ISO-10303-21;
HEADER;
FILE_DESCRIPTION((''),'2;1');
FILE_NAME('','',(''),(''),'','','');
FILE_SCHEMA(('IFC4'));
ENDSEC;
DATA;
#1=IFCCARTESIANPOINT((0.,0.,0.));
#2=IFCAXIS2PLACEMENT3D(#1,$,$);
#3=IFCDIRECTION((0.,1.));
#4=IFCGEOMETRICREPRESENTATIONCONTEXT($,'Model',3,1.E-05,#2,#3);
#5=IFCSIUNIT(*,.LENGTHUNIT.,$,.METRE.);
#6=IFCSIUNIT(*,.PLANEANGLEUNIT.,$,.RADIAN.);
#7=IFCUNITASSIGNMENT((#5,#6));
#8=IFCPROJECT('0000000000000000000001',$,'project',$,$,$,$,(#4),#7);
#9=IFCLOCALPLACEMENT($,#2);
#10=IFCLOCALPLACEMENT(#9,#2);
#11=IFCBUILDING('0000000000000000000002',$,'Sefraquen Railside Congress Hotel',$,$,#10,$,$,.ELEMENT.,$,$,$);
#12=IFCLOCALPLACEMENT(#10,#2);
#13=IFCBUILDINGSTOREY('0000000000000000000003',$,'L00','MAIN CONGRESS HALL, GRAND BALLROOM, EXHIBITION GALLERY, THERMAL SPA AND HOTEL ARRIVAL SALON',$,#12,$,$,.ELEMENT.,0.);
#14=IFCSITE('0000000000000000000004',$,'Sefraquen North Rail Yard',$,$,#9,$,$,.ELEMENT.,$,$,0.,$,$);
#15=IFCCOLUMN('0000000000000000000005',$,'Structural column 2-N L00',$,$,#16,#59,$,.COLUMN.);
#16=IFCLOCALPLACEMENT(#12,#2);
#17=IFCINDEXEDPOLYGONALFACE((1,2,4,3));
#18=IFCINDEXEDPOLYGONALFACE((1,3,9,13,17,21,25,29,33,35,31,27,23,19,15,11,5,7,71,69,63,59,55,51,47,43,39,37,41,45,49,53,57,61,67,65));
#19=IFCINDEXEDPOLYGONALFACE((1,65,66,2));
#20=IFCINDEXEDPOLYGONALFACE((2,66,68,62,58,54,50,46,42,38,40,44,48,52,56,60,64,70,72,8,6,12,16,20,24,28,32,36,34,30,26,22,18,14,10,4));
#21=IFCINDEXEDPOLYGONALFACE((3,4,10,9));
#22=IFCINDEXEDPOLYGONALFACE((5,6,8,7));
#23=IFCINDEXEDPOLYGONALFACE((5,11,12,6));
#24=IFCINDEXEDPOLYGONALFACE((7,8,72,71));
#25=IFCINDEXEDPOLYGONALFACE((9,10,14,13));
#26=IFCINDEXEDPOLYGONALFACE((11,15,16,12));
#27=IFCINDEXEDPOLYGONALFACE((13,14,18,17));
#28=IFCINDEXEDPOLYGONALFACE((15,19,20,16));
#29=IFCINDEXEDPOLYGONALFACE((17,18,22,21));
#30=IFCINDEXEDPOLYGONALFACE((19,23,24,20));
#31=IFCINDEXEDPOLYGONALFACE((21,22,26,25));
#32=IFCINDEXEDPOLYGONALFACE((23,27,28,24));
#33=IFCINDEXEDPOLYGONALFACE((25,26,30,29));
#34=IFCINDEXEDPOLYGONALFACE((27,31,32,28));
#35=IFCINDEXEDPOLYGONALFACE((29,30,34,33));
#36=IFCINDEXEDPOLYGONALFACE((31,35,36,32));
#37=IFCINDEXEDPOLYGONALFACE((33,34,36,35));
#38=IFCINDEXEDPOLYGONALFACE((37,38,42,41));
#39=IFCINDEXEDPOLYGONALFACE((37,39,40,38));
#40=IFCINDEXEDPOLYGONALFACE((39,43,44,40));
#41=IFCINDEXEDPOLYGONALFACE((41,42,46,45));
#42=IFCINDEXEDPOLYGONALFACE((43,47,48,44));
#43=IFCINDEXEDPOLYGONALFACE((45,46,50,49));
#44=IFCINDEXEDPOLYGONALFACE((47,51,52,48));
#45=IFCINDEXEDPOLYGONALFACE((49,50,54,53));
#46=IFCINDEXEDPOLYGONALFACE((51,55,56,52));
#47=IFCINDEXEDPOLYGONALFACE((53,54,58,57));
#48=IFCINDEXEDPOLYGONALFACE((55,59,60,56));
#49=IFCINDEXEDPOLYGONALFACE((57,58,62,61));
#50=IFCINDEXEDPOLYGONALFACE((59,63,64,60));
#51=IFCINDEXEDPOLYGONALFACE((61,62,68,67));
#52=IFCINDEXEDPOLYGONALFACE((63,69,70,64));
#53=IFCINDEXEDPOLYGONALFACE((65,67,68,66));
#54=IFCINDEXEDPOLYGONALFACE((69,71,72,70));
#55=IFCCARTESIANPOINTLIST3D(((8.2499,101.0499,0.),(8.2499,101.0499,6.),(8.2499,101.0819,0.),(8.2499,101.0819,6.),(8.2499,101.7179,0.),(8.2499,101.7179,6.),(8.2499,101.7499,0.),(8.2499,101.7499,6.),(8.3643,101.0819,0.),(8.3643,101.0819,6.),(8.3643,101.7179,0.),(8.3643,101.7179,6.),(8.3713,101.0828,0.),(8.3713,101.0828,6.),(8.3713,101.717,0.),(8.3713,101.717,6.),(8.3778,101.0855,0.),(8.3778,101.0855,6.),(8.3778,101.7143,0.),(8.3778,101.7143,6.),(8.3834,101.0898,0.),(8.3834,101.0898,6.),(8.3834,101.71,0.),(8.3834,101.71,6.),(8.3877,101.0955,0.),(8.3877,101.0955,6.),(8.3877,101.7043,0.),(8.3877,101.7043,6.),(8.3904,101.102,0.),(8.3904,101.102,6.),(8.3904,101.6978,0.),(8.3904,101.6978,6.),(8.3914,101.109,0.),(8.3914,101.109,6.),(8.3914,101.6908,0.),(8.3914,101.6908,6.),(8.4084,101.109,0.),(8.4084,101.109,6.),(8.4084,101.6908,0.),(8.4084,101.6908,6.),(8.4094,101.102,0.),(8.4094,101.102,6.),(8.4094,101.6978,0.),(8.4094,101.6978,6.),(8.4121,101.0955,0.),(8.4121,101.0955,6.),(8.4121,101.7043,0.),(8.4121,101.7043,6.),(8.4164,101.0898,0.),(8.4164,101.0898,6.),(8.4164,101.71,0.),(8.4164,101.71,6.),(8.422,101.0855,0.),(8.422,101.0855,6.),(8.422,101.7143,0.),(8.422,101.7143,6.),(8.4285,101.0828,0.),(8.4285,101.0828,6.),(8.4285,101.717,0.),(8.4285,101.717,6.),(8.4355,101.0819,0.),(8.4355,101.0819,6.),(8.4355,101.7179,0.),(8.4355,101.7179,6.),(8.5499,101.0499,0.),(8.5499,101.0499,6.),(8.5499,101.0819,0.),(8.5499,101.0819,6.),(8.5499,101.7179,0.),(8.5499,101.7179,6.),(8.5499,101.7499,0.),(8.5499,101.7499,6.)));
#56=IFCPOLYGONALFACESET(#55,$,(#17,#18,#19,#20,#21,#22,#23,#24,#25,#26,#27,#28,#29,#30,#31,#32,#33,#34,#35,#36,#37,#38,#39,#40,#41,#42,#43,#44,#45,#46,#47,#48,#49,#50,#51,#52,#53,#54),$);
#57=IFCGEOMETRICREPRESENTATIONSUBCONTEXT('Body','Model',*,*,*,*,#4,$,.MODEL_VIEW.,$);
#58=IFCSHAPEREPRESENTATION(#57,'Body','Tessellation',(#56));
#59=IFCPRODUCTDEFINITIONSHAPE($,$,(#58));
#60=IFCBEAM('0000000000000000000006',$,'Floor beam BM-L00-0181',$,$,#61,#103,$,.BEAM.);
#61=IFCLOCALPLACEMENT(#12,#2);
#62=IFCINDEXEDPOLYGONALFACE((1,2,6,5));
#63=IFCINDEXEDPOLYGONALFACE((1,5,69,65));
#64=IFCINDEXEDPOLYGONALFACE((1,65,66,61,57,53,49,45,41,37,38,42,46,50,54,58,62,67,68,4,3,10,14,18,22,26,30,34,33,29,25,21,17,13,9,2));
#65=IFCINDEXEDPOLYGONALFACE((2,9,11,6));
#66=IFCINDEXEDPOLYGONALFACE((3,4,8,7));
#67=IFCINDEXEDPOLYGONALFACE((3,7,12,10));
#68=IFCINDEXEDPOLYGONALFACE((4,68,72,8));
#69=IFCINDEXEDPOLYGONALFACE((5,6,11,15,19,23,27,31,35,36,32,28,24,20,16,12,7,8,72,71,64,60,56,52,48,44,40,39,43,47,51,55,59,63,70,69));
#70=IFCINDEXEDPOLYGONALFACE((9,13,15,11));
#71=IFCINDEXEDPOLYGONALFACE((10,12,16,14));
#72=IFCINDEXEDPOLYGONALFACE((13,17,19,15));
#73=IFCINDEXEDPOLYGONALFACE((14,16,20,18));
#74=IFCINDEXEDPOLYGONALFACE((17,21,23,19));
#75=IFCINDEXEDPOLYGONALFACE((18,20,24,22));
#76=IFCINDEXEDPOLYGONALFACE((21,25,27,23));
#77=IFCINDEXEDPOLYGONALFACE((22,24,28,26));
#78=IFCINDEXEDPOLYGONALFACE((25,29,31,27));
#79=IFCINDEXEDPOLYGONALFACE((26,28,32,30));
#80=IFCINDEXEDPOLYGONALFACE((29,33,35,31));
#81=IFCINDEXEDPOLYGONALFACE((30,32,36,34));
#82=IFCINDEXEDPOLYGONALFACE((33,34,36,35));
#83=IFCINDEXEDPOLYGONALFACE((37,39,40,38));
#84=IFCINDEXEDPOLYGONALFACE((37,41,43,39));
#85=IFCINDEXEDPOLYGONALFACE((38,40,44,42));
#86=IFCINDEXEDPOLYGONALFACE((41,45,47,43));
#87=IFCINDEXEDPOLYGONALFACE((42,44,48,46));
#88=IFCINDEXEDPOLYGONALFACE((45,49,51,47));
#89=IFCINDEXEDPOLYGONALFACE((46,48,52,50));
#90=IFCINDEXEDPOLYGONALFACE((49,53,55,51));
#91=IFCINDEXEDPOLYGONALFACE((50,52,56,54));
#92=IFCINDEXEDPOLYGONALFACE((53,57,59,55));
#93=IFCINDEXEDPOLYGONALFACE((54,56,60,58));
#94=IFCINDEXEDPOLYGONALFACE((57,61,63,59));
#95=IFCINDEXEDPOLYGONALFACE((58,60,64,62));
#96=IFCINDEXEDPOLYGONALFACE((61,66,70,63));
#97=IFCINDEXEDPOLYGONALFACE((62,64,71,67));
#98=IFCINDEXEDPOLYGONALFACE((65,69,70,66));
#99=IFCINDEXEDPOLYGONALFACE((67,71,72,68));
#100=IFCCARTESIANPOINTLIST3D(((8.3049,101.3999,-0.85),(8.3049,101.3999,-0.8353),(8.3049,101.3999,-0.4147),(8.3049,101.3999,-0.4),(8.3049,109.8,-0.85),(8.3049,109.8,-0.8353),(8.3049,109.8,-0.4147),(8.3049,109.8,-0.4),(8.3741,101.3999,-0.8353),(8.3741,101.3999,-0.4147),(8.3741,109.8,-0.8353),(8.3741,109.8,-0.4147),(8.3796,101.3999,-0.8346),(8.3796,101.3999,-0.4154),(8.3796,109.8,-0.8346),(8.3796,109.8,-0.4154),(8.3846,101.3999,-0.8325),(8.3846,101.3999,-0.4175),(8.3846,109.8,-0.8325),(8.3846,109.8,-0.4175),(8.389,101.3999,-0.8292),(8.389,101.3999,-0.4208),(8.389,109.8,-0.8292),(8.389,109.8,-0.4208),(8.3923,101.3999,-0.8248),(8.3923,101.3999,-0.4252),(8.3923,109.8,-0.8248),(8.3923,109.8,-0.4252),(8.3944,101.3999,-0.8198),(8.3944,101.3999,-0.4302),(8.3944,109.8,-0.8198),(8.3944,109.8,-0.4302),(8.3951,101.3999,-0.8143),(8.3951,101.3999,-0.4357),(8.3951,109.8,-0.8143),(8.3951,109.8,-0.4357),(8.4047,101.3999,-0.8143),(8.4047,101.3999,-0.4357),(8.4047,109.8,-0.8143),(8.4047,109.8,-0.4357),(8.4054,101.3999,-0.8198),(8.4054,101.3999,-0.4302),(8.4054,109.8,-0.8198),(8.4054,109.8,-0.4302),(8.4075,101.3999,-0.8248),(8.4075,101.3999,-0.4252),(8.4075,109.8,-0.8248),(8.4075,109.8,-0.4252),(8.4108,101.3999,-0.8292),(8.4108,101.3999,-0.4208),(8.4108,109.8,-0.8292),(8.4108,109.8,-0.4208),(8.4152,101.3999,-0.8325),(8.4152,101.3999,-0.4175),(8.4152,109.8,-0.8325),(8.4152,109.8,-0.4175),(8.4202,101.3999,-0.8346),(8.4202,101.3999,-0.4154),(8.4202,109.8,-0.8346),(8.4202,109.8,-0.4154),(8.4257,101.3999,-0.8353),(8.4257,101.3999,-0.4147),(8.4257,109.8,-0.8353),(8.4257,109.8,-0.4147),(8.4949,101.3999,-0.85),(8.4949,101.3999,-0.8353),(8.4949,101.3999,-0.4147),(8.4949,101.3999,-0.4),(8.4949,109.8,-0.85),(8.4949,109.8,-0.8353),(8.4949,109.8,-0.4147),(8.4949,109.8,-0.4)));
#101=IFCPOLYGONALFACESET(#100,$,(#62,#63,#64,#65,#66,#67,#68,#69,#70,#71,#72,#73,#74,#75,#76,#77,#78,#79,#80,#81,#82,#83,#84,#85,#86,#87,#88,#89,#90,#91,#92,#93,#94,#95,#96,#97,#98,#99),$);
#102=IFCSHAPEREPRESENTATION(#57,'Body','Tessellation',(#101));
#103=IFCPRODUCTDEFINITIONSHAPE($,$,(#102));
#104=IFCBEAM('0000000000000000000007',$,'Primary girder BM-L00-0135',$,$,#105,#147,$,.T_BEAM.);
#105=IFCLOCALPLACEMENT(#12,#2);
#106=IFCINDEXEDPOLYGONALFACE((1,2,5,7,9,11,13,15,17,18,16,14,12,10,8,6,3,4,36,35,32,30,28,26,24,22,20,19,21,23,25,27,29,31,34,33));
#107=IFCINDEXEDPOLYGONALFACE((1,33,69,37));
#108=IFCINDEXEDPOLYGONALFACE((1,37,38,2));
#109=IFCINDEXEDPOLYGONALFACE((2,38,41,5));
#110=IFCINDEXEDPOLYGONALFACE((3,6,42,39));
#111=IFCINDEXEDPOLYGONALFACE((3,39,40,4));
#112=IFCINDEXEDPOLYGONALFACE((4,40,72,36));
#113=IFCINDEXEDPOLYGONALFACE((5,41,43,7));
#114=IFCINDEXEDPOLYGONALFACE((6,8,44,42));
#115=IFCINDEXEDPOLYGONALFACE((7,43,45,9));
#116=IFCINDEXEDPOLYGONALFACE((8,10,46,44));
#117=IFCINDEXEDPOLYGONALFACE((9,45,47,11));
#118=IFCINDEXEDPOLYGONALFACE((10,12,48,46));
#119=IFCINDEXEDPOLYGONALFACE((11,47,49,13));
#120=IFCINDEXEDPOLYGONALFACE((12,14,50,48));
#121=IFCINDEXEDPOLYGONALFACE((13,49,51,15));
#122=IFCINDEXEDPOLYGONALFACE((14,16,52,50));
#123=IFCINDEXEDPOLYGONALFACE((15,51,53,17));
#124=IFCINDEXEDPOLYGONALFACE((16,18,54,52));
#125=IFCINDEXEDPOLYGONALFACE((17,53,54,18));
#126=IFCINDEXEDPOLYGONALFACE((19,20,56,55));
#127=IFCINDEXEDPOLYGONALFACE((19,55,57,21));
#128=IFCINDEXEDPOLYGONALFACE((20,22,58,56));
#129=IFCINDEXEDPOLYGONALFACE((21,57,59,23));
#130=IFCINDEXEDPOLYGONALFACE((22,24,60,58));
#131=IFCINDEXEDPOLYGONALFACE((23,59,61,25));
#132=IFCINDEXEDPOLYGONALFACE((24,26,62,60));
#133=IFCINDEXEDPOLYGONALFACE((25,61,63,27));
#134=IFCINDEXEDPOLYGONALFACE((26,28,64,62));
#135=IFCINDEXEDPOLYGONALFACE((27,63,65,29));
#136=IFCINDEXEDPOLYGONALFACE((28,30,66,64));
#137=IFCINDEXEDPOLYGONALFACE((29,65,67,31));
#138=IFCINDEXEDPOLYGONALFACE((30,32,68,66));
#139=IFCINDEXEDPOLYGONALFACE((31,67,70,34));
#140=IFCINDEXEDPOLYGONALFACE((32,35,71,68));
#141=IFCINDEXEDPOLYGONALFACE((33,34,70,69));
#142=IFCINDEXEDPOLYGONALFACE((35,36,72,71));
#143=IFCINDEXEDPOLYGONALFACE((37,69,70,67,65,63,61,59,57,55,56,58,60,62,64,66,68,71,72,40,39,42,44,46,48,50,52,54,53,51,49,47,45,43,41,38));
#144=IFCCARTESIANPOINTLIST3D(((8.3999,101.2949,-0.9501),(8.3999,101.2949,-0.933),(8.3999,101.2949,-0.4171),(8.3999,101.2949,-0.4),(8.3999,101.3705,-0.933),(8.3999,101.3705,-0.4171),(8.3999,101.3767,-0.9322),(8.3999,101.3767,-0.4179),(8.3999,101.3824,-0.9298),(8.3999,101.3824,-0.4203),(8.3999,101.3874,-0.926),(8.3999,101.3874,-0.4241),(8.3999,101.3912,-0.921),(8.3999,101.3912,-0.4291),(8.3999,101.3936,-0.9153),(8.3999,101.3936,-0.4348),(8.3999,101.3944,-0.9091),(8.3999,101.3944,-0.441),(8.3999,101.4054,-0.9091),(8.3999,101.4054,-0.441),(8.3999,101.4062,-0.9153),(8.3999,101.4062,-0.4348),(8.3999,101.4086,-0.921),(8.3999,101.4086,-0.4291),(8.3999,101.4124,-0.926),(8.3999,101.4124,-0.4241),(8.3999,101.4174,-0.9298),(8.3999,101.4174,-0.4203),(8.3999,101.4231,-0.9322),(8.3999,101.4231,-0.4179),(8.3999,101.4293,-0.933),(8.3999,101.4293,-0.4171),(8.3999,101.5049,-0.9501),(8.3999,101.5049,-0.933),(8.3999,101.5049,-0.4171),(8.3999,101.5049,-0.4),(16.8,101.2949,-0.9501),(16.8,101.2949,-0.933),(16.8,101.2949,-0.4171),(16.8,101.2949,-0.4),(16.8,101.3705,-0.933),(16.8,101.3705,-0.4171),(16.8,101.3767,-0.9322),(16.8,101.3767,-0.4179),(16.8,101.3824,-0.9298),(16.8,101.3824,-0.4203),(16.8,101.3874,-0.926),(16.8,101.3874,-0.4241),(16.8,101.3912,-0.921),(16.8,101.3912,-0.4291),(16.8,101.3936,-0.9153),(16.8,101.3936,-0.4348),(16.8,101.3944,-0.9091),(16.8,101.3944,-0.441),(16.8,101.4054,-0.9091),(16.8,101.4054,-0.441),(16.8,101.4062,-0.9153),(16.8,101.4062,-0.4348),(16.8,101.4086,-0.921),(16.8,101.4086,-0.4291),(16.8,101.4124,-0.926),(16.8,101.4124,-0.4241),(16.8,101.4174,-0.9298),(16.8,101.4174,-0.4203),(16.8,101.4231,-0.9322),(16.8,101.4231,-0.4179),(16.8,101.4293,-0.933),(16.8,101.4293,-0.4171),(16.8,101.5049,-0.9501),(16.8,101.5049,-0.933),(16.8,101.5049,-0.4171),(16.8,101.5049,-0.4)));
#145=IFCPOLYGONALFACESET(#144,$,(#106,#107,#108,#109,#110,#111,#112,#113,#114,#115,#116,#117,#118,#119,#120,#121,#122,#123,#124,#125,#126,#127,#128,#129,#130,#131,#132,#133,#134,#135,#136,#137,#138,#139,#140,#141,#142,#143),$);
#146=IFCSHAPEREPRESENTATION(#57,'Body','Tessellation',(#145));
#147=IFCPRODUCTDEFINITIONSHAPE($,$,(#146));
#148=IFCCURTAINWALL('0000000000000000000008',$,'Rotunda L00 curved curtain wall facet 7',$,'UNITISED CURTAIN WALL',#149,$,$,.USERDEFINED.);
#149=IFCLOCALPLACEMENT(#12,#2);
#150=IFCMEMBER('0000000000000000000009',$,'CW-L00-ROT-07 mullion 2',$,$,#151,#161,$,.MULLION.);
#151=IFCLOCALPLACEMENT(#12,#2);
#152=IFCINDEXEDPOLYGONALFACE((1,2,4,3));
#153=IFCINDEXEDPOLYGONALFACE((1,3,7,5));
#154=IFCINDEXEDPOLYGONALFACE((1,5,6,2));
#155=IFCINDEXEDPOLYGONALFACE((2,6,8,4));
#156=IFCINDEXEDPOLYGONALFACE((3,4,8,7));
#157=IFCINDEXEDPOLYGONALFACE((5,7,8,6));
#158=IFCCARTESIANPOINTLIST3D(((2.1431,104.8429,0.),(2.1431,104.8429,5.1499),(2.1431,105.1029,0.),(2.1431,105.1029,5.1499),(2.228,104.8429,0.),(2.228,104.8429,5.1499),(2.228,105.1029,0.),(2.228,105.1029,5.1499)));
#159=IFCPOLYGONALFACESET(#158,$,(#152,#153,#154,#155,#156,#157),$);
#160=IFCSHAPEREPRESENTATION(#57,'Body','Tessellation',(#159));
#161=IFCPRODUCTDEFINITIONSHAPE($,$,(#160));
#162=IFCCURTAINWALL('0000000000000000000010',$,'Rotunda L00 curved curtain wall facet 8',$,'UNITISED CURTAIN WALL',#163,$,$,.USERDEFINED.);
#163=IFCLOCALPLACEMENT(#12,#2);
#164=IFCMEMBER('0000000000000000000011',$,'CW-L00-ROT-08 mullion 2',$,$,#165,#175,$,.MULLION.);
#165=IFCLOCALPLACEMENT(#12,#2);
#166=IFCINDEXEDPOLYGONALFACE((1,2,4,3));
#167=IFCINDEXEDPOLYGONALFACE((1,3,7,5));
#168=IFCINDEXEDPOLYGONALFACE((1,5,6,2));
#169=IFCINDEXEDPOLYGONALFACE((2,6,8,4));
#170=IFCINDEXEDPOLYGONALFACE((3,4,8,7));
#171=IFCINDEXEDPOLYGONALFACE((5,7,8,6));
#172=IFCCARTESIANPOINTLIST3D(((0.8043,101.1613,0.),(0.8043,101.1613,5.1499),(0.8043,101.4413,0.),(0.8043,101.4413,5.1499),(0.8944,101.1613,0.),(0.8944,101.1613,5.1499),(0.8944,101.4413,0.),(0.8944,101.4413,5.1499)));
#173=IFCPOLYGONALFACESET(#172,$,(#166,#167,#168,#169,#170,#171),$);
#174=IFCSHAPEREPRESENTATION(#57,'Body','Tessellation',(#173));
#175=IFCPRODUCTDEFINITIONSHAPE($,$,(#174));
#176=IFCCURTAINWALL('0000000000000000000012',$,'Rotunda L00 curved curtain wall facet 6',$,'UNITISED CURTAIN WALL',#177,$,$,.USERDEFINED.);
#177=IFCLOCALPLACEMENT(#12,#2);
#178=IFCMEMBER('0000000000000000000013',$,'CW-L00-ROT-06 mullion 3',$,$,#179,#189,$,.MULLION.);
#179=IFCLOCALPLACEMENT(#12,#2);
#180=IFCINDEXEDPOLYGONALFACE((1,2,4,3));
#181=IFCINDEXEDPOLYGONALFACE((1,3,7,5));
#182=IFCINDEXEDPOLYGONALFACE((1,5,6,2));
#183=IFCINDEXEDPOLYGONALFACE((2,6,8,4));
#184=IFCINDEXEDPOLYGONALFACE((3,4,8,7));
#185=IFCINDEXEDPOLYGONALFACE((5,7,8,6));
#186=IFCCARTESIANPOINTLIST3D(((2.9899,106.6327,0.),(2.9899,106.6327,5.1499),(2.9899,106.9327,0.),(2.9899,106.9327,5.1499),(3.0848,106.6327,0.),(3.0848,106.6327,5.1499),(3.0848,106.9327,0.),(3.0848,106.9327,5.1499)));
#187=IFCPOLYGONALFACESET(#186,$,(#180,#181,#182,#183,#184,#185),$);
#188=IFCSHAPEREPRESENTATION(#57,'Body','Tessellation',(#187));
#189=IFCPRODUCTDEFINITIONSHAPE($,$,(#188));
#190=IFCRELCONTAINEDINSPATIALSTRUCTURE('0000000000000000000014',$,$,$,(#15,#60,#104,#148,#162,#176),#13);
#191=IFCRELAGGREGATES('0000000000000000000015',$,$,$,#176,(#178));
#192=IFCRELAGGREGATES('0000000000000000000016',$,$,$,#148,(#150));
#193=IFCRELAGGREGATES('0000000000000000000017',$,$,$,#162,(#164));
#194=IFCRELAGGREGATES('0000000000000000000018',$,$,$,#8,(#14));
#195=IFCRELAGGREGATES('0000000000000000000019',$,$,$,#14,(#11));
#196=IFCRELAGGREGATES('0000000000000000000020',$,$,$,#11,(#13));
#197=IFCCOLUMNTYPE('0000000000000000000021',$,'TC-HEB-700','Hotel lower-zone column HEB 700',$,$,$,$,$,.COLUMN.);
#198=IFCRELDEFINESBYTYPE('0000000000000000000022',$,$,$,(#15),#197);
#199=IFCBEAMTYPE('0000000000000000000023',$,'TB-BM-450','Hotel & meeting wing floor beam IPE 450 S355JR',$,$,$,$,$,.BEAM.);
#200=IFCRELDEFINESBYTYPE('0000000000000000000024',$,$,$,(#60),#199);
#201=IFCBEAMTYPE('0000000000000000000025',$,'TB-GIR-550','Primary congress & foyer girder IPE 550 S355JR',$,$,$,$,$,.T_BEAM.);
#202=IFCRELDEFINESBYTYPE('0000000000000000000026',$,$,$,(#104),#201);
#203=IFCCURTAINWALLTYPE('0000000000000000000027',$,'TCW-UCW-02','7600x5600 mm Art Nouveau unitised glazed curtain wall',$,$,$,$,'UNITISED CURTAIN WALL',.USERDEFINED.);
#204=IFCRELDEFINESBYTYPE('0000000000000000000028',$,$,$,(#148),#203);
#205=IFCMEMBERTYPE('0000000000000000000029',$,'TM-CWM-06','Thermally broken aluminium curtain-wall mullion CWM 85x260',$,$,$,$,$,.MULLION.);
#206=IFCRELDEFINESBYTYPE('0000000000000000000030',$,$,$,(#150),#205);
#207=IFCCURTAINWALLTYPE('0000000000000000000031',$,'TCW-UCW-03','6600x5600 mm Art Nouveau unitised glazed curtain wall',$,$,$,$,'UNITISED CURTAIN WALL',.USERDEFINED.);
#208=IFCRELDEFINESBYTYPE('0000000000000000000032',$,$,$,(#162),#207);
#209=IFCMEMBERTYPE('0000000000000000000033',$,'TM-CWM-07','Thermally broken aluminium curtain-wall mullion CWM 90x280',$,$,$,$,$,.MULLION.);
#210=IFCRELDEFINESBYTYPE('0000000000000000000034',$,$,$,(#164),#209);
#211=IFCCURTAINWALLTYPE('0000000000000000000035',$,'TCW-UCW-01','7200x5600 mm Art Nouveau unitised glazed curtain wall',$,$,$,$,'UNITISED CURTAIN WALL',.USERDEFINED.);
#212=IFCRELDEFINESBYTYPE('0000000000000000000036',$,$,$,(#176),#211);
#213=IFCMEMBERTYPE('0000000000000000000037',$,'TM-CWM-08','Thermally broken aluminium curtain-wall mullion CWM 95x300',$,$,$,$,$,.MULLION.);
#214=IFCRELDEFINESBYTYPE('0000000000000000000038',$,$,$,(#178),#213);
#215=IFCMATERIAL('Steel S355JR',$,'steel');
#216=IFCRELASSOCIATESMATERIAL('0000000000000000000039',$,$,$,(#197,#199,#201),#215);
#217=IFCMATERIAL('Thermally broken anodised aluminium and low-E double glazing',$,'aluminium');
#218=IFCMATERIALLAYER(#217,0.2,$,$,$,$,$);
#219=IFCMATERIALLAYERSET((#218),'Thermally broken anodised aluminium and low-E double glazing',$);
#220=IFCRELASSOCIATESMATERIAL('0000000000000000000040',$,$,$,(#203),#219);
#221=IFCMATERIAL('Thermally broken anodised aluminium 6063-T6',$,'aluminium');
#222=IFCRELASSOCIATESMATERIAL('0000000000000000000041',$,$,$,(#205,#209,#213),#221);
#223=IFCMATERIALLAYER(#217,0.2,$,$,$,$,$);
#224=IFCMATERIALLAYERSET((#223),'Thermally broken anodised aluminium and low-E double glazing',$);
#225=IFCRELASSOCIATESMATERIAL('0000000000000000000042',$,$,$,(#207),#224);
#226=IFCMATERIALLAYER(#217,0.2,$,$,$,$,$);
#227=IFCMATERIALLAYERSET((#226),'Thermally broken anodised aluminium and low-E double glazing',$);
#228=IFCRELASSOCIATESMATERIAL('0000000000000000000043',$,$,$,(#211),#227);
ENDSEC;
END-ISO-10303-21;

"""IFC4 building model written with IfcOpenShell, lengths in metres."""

from ifc_helpers import new_model, si_unit, direction, frame, origin, origin_2d, place, context, subcontext, project, spatial, rectangle, i_section, extrude, material, layer, layer_set, material_profile, profile_set, type_object, element, aggregate, save


model = new_model("IFC4")

# Units and contexts
model_context = context("Model", 3, precision=1e-05, world=origin(), true_north=direction((0.0, 1.0)))
body_context = subcontext(model_context, "Body", "Model", "MODEL_VIEW")
ifc_project = project(units=[si_unit("LENGTHUNIT", "METRE"), si_unit("PLANEANGLEUNIT", "RADIAN")], contexts=[model_context])

# Site, building, storey
site_placement = place(None, origin())
site = spatial("IfcSite", under=ifc_project, at=site_placement, Name="Sefraquen North Rail Yard", CompositionType="ELEMENT", RefElevation=0.0)
building_placement = place(site_placement, origin())
building = spatial("IfcBuilding", under=site, at=building_placement, Name="Sefraquen Railside Congress Hotel", CompositionType="ELEMENT")
storey_placement = place(building_placement, origin())
storey = spatial("IfcBuildingStorey", under=building, at=storey_placement, Name="L00", Description="MAIN CONGRESS HALL, GRAND BALLROOM, EXHIBITION GALLERY, THERMAL SPA AND HOTEL ARRIVAL SALON", CompositionType="ELEMENT", Elevation=0.0)

# Column
ifc_material_1 = material(Name="Steel S355JR", Category="steel")
ifc_material_profile_1 = material_profile(ifc_material_1, i_section(OverallWidth=0.3, OverallDepth=0.7, WebThickness=0.0171, FlangeThickness=0.032, FilletRadius=0.0271, at=origin_2d()), Name="HEB 700")
ifc_profile_set_1 = profile_set([ifc_material_profile_1], Name="Steel S355JR")
column_type = type_object("IfcColumnType", Name="TC-HEB-700", Description="Hotel lower-zone column HEB 700", PredefinedType="COLUMN", material=ifc_profile_set_1)
column_placement = place(storey_placement, frame((8.3999, 101.3999, 0.0), z_axis=(0.0, 0.0, 1.0), x_axis=(1.0, 0.0, 0.0)))
element("IfcColumn", 1, at=column_placement, inside=storey, type_object=column_type, Name="Structural column 2-N L00", PredefinedType="COLUMN", context=body_context, shape_type="SweptSolid", body=[
    extrude(i_section(OverallWidth=0.3, OverallDepth=0.7, WebThickness=0.0171, FlangeThickness=0.032, FilletRadius=0.0271, at=origin_2d()), origin(), (0.0, 0.0, 1.0), 6.0),
])

# Beams
ifc_material_profile_2 = material_profile(ifc_material_1, i_section(OverallWidth=0.1899, OverallDepth=0.45, WebThickness=0.0095, FlangeThickness=0.0146, FilletRadius=0.021, at=origin_2d()), Name="IPE 450")
ifc_profile_set_2 = profile_set([ifc_material_profile_2], Name="Steel S355JR")
beam_type_1 = type_object("IfcBeamType", Name="TB-BM-450", Description="Hotel & meeting wing floor beam IPE 450 S355JR", PredefinedType="BEAM", material=ifc_profile_set_2)
beam_1_placement = place(storey_placement, frame((8.3999, 101.3999, -0.625), z_axis=(0.0, 1.0, 0.0), x_axis=(-1.0, 0.0, 0.0)))
element("IfcBeam", 2, at=beam_1_placement, inside=storey, type_object=beam_type_1, Name="Floor beam BM-L00-0181", PredefinedType="BEAM", context=body_context, shape_type="SweptSolid", body=[
    extrude(i_section(OverallWidth=0.1899, OverallDepth=0.45, WebThickness=0.0095, FlangeThickness=0.0146, FilletRadius=0.021, at=origin_2d()), origin(), (0.0, 0.0, 1.0), 8.4001),
])
ifc_material_profile_3 = material_profile(ifc_material_1, i_section(OverallWidth=0.21, OverallDepth=0.55, WebThickness=0.011, FlangeThickness=0.0171, FilletRadius=0.0239, at=origin_2d()), Name="IPE 550")
ifc_profile_set_3 = profile_set([ifc_material_profile_3], Name="Steel S355JR")
beam_type_2 = type_object("IfcBeamType", Name="TB-GIR-550", Description="Primary congress & foyer girder IPE 550 S355JR", PredefinedType="T_BEAM", material=ifc_profile_set_3)
beam_2_placement = place(storey_placement, frame((8.3999, 101.3999, -0.675), z_axis=(1.0, 0.0, 0.0), x_axis=(0.0, 1.0, 0.0)))
element("IfcBeam", 3, at=beam_2_placement, inside=storey, type_object=beam_type_2, Name="Primary girder BM-L00-0135", PredefinedType="T_BEAM", context=body_context, shape_type="SweptSolid", body=[
    extrude(i_section(OverallWidth=0.21, OverallDepth=0.55, WebThickness=0.011, FlangeThickness=0.0171, FilletRadius=0.0239, at=origin_2d()), origin(), (0.0, 0.0, 1.0), 8.4001),
])

# Curtain walls, members
ifc_material_2 = material(Name="Thermally broken anodised aluminium and low-E double glazing", Category="aluminium")
ifc_layer_1 = layer(ifc_material_2, 0.2)
ifc_layer_set_1 = layer_set([ifc_layer_1], Name="Thermally broken anodised aluminium and low-E double glazing")
curtain_wall_type_1 = type_object("IfcCurtainWallType", Name="TCW-UCW-02", Description="7600x5600 mm Art Nouveau unitised glazed curtain wall", ElementType="UNITISED CURTAIN WALL", PredefinedType="USERDEFINED", material=ifc_layer_set_1)
curtain_wall_1_placement = place(storey_placement, origin())
curtain_wall_1 = element("IfcCurtainWall", 4, at=curtain_wall_1_placement, inside=storey, type_object=curtain_wall_type_1, Name="Rotunda L00 curved curtain wall facet 7", ObjectType="UNITISED CURTAIN WALL", PredefinedType="USERDEFINED")
ifc_material_3 = material(Name="Thermally broken anodised aluminium 6063-T6", Category="aluminium")
ifc_material_profile_4 = material_profile(ifc_material_3, rectangle(XDim=0.085, YDim=0.26, at=origin_2d()), Name="CWM 85x260")
ifc_profile_set_4 = profile_set([ifc_material_profile_4], Name="Thermally broken anodised aluminium 6063-T6")
member_type_1 = type_object("IfcMemberType", Name="TM-CWM-06", Description="Thermally broken aluminium curtain-wall mullion CWM 85x260", PredefinedType="MULLION", material=ifc_profile_set_4)
member_1_placement = place(storey_placement, frame((2.1855, 104.9729, 0.0), z_axis=(0.0, 0.0, 1.0), x_axis=(1.0, 0.0, 0.0)))
member_1 = element("IfcMember", 5, at=member_1_placement, type_object=member_type_1, Name="CW-L00-ROT-07 mullion 2", PredefinedType="MULLION", context=body_context, shape_type="SweptSolid", body=[
    extrude(rectangle(XDim=0.085, YDim=0.26, at=origin_2d()), origin(), (0.0, 0.0, 1.0), 5.1499),
])
ifc_layer_2 = layer(ifc_material_2, 0.2)
ifc_layer_set_2 = layer_set([ifc_layer_2], Name="Thermally broken anodised aluminium and low-E double glazing")
curtain_wall_type_2 = type_object("IfcCurtainWallType", Name="TCW-UCW-03", Description="6600x5600 mm Art Nouveau unitised glazed curtain wall", ElementType="UNITISED CURTAIN WALL", PredefinedType="USERDEFINED", material=ifc_layer_set_2)
curtain_wall_2_placement = place(storey_placement, origin())
curtain_wall_2 = element("IfcCurtainWall", 6, at=curtain_wall_2_placement, inside=storey, type_object=curtain_wall_type_2, Name="Rotunda L00 curved curtain wall facet 8", ObjectType="UNITISED CURTAIN WALL", PredefinedType="USERDEFINED")
ifc_material_profile_5 = material_profile(ifc_material_3, rectangle(XDim=0.0901, YDim=0.28, at=origin_2d()), Name="CWM 90x280")
ifc_profile_set_5 = profile_set([ifc_material_profile_5], Name="Thermally broken anodised aluminium 6063-T6")
member_type_2 = type_object("IfcMemberType", Name="TM-CWM-07", Description="Thermally broken aluminium curtain-wall mullion CWM 90x280", PredefinedType="MULLION", material=ifc_profile_set_5)
member_2_placement = place(storey_placement, frame((0.8494, 101.3013, 0.0), z_axis=(0.0, 0.0, 1.0), x_axis=(1.0, 0.0, 0.0)))
member_2 = element("IfcMember", 7, at=member_2_placement, type_object=member_type_2, Name="CW-L00-ROT-08 mullion 2", PredefinedType="MULLION", context=body_context, shape_type="SweptSolid", body=[
    extrude(rectangle(XDim=0.0901, YDim=0.28, at=origin_2d()), origin(), (0.0, 0.0, 1.0), 5.1499),
])
ifc_layer_3 = layer(ifc_material_2, 0.2)
ifc_layer_set_3 = layer_set([ifc_layer_3], Name="Thermally broken anodised aluminium and low-E double glazing")
curtain_wall_type_3 = type_object("IfcCurtainWallType", Name="TCW-UCW-01", Description="7200x5600 mm Art Nouveau unitised glazed curtain wall", ElementType="UNITISED CURTAIN WALL", PredefinedType="USERDEFINED", material=ifc_layer_set_3)
curtain_wall_3_placement = place(storey_placement, origin())
curtain_wall_3 = element("IfcCurtainWall", 8, at=curtain_wall_3_placement, inside=storey, type_object=curtain_wall_type_3, Name="Rotunda L00 curved curtain wall facet 6", ObjectType="UNITISED CURTAIN WALL", PredefinedType="USERDEFINED")
ifc_material_profile_6 = material_profile(ifc_material_3, rectangle(XDim=0.095, YDim=0.3, at=origin_2d()), Name="CWM 95x300")
ifc_profile_set_6 = profile_set([ifc_material_profile_6], Name="Thermally broken anodised aluminium 6063-T6")
member_type_3 = type_object("IfcMemberType", Name="TM-CWM-08", Description="Thermally broken aluminium curtain-wall mullion CWM 95x300", PredefinedType="MULLION", material=ifc_profile_set_6)
member_3_placement = place(storey_placement, frame((3.0374, 106.7827, 0.0), z_axis=(0.0, 0.0, 1.0), x_axis=(1.0, 0.0, 0.0)))
member_3 = element("IfcMember", 9, at=member_3_placement, type_object=member_type_3, Name="CW-L00-ROT-06 mullion 3", PredefinedType="MULLION", context=body_context, shape_type="SweptSolid", body=[
    extrude(rectangle(XDim=0.095, YDim=0.3, at=origin_2d()), origin(), (0.0, 0.0, 1.0), 5.1499),
])

aggregate(curtain_wall_3, [member_3])
aggregate(curtain_wall_1, [member_1])
aggregate(curtain_wall_2, [member_2])

save(model, "model.ifc")
